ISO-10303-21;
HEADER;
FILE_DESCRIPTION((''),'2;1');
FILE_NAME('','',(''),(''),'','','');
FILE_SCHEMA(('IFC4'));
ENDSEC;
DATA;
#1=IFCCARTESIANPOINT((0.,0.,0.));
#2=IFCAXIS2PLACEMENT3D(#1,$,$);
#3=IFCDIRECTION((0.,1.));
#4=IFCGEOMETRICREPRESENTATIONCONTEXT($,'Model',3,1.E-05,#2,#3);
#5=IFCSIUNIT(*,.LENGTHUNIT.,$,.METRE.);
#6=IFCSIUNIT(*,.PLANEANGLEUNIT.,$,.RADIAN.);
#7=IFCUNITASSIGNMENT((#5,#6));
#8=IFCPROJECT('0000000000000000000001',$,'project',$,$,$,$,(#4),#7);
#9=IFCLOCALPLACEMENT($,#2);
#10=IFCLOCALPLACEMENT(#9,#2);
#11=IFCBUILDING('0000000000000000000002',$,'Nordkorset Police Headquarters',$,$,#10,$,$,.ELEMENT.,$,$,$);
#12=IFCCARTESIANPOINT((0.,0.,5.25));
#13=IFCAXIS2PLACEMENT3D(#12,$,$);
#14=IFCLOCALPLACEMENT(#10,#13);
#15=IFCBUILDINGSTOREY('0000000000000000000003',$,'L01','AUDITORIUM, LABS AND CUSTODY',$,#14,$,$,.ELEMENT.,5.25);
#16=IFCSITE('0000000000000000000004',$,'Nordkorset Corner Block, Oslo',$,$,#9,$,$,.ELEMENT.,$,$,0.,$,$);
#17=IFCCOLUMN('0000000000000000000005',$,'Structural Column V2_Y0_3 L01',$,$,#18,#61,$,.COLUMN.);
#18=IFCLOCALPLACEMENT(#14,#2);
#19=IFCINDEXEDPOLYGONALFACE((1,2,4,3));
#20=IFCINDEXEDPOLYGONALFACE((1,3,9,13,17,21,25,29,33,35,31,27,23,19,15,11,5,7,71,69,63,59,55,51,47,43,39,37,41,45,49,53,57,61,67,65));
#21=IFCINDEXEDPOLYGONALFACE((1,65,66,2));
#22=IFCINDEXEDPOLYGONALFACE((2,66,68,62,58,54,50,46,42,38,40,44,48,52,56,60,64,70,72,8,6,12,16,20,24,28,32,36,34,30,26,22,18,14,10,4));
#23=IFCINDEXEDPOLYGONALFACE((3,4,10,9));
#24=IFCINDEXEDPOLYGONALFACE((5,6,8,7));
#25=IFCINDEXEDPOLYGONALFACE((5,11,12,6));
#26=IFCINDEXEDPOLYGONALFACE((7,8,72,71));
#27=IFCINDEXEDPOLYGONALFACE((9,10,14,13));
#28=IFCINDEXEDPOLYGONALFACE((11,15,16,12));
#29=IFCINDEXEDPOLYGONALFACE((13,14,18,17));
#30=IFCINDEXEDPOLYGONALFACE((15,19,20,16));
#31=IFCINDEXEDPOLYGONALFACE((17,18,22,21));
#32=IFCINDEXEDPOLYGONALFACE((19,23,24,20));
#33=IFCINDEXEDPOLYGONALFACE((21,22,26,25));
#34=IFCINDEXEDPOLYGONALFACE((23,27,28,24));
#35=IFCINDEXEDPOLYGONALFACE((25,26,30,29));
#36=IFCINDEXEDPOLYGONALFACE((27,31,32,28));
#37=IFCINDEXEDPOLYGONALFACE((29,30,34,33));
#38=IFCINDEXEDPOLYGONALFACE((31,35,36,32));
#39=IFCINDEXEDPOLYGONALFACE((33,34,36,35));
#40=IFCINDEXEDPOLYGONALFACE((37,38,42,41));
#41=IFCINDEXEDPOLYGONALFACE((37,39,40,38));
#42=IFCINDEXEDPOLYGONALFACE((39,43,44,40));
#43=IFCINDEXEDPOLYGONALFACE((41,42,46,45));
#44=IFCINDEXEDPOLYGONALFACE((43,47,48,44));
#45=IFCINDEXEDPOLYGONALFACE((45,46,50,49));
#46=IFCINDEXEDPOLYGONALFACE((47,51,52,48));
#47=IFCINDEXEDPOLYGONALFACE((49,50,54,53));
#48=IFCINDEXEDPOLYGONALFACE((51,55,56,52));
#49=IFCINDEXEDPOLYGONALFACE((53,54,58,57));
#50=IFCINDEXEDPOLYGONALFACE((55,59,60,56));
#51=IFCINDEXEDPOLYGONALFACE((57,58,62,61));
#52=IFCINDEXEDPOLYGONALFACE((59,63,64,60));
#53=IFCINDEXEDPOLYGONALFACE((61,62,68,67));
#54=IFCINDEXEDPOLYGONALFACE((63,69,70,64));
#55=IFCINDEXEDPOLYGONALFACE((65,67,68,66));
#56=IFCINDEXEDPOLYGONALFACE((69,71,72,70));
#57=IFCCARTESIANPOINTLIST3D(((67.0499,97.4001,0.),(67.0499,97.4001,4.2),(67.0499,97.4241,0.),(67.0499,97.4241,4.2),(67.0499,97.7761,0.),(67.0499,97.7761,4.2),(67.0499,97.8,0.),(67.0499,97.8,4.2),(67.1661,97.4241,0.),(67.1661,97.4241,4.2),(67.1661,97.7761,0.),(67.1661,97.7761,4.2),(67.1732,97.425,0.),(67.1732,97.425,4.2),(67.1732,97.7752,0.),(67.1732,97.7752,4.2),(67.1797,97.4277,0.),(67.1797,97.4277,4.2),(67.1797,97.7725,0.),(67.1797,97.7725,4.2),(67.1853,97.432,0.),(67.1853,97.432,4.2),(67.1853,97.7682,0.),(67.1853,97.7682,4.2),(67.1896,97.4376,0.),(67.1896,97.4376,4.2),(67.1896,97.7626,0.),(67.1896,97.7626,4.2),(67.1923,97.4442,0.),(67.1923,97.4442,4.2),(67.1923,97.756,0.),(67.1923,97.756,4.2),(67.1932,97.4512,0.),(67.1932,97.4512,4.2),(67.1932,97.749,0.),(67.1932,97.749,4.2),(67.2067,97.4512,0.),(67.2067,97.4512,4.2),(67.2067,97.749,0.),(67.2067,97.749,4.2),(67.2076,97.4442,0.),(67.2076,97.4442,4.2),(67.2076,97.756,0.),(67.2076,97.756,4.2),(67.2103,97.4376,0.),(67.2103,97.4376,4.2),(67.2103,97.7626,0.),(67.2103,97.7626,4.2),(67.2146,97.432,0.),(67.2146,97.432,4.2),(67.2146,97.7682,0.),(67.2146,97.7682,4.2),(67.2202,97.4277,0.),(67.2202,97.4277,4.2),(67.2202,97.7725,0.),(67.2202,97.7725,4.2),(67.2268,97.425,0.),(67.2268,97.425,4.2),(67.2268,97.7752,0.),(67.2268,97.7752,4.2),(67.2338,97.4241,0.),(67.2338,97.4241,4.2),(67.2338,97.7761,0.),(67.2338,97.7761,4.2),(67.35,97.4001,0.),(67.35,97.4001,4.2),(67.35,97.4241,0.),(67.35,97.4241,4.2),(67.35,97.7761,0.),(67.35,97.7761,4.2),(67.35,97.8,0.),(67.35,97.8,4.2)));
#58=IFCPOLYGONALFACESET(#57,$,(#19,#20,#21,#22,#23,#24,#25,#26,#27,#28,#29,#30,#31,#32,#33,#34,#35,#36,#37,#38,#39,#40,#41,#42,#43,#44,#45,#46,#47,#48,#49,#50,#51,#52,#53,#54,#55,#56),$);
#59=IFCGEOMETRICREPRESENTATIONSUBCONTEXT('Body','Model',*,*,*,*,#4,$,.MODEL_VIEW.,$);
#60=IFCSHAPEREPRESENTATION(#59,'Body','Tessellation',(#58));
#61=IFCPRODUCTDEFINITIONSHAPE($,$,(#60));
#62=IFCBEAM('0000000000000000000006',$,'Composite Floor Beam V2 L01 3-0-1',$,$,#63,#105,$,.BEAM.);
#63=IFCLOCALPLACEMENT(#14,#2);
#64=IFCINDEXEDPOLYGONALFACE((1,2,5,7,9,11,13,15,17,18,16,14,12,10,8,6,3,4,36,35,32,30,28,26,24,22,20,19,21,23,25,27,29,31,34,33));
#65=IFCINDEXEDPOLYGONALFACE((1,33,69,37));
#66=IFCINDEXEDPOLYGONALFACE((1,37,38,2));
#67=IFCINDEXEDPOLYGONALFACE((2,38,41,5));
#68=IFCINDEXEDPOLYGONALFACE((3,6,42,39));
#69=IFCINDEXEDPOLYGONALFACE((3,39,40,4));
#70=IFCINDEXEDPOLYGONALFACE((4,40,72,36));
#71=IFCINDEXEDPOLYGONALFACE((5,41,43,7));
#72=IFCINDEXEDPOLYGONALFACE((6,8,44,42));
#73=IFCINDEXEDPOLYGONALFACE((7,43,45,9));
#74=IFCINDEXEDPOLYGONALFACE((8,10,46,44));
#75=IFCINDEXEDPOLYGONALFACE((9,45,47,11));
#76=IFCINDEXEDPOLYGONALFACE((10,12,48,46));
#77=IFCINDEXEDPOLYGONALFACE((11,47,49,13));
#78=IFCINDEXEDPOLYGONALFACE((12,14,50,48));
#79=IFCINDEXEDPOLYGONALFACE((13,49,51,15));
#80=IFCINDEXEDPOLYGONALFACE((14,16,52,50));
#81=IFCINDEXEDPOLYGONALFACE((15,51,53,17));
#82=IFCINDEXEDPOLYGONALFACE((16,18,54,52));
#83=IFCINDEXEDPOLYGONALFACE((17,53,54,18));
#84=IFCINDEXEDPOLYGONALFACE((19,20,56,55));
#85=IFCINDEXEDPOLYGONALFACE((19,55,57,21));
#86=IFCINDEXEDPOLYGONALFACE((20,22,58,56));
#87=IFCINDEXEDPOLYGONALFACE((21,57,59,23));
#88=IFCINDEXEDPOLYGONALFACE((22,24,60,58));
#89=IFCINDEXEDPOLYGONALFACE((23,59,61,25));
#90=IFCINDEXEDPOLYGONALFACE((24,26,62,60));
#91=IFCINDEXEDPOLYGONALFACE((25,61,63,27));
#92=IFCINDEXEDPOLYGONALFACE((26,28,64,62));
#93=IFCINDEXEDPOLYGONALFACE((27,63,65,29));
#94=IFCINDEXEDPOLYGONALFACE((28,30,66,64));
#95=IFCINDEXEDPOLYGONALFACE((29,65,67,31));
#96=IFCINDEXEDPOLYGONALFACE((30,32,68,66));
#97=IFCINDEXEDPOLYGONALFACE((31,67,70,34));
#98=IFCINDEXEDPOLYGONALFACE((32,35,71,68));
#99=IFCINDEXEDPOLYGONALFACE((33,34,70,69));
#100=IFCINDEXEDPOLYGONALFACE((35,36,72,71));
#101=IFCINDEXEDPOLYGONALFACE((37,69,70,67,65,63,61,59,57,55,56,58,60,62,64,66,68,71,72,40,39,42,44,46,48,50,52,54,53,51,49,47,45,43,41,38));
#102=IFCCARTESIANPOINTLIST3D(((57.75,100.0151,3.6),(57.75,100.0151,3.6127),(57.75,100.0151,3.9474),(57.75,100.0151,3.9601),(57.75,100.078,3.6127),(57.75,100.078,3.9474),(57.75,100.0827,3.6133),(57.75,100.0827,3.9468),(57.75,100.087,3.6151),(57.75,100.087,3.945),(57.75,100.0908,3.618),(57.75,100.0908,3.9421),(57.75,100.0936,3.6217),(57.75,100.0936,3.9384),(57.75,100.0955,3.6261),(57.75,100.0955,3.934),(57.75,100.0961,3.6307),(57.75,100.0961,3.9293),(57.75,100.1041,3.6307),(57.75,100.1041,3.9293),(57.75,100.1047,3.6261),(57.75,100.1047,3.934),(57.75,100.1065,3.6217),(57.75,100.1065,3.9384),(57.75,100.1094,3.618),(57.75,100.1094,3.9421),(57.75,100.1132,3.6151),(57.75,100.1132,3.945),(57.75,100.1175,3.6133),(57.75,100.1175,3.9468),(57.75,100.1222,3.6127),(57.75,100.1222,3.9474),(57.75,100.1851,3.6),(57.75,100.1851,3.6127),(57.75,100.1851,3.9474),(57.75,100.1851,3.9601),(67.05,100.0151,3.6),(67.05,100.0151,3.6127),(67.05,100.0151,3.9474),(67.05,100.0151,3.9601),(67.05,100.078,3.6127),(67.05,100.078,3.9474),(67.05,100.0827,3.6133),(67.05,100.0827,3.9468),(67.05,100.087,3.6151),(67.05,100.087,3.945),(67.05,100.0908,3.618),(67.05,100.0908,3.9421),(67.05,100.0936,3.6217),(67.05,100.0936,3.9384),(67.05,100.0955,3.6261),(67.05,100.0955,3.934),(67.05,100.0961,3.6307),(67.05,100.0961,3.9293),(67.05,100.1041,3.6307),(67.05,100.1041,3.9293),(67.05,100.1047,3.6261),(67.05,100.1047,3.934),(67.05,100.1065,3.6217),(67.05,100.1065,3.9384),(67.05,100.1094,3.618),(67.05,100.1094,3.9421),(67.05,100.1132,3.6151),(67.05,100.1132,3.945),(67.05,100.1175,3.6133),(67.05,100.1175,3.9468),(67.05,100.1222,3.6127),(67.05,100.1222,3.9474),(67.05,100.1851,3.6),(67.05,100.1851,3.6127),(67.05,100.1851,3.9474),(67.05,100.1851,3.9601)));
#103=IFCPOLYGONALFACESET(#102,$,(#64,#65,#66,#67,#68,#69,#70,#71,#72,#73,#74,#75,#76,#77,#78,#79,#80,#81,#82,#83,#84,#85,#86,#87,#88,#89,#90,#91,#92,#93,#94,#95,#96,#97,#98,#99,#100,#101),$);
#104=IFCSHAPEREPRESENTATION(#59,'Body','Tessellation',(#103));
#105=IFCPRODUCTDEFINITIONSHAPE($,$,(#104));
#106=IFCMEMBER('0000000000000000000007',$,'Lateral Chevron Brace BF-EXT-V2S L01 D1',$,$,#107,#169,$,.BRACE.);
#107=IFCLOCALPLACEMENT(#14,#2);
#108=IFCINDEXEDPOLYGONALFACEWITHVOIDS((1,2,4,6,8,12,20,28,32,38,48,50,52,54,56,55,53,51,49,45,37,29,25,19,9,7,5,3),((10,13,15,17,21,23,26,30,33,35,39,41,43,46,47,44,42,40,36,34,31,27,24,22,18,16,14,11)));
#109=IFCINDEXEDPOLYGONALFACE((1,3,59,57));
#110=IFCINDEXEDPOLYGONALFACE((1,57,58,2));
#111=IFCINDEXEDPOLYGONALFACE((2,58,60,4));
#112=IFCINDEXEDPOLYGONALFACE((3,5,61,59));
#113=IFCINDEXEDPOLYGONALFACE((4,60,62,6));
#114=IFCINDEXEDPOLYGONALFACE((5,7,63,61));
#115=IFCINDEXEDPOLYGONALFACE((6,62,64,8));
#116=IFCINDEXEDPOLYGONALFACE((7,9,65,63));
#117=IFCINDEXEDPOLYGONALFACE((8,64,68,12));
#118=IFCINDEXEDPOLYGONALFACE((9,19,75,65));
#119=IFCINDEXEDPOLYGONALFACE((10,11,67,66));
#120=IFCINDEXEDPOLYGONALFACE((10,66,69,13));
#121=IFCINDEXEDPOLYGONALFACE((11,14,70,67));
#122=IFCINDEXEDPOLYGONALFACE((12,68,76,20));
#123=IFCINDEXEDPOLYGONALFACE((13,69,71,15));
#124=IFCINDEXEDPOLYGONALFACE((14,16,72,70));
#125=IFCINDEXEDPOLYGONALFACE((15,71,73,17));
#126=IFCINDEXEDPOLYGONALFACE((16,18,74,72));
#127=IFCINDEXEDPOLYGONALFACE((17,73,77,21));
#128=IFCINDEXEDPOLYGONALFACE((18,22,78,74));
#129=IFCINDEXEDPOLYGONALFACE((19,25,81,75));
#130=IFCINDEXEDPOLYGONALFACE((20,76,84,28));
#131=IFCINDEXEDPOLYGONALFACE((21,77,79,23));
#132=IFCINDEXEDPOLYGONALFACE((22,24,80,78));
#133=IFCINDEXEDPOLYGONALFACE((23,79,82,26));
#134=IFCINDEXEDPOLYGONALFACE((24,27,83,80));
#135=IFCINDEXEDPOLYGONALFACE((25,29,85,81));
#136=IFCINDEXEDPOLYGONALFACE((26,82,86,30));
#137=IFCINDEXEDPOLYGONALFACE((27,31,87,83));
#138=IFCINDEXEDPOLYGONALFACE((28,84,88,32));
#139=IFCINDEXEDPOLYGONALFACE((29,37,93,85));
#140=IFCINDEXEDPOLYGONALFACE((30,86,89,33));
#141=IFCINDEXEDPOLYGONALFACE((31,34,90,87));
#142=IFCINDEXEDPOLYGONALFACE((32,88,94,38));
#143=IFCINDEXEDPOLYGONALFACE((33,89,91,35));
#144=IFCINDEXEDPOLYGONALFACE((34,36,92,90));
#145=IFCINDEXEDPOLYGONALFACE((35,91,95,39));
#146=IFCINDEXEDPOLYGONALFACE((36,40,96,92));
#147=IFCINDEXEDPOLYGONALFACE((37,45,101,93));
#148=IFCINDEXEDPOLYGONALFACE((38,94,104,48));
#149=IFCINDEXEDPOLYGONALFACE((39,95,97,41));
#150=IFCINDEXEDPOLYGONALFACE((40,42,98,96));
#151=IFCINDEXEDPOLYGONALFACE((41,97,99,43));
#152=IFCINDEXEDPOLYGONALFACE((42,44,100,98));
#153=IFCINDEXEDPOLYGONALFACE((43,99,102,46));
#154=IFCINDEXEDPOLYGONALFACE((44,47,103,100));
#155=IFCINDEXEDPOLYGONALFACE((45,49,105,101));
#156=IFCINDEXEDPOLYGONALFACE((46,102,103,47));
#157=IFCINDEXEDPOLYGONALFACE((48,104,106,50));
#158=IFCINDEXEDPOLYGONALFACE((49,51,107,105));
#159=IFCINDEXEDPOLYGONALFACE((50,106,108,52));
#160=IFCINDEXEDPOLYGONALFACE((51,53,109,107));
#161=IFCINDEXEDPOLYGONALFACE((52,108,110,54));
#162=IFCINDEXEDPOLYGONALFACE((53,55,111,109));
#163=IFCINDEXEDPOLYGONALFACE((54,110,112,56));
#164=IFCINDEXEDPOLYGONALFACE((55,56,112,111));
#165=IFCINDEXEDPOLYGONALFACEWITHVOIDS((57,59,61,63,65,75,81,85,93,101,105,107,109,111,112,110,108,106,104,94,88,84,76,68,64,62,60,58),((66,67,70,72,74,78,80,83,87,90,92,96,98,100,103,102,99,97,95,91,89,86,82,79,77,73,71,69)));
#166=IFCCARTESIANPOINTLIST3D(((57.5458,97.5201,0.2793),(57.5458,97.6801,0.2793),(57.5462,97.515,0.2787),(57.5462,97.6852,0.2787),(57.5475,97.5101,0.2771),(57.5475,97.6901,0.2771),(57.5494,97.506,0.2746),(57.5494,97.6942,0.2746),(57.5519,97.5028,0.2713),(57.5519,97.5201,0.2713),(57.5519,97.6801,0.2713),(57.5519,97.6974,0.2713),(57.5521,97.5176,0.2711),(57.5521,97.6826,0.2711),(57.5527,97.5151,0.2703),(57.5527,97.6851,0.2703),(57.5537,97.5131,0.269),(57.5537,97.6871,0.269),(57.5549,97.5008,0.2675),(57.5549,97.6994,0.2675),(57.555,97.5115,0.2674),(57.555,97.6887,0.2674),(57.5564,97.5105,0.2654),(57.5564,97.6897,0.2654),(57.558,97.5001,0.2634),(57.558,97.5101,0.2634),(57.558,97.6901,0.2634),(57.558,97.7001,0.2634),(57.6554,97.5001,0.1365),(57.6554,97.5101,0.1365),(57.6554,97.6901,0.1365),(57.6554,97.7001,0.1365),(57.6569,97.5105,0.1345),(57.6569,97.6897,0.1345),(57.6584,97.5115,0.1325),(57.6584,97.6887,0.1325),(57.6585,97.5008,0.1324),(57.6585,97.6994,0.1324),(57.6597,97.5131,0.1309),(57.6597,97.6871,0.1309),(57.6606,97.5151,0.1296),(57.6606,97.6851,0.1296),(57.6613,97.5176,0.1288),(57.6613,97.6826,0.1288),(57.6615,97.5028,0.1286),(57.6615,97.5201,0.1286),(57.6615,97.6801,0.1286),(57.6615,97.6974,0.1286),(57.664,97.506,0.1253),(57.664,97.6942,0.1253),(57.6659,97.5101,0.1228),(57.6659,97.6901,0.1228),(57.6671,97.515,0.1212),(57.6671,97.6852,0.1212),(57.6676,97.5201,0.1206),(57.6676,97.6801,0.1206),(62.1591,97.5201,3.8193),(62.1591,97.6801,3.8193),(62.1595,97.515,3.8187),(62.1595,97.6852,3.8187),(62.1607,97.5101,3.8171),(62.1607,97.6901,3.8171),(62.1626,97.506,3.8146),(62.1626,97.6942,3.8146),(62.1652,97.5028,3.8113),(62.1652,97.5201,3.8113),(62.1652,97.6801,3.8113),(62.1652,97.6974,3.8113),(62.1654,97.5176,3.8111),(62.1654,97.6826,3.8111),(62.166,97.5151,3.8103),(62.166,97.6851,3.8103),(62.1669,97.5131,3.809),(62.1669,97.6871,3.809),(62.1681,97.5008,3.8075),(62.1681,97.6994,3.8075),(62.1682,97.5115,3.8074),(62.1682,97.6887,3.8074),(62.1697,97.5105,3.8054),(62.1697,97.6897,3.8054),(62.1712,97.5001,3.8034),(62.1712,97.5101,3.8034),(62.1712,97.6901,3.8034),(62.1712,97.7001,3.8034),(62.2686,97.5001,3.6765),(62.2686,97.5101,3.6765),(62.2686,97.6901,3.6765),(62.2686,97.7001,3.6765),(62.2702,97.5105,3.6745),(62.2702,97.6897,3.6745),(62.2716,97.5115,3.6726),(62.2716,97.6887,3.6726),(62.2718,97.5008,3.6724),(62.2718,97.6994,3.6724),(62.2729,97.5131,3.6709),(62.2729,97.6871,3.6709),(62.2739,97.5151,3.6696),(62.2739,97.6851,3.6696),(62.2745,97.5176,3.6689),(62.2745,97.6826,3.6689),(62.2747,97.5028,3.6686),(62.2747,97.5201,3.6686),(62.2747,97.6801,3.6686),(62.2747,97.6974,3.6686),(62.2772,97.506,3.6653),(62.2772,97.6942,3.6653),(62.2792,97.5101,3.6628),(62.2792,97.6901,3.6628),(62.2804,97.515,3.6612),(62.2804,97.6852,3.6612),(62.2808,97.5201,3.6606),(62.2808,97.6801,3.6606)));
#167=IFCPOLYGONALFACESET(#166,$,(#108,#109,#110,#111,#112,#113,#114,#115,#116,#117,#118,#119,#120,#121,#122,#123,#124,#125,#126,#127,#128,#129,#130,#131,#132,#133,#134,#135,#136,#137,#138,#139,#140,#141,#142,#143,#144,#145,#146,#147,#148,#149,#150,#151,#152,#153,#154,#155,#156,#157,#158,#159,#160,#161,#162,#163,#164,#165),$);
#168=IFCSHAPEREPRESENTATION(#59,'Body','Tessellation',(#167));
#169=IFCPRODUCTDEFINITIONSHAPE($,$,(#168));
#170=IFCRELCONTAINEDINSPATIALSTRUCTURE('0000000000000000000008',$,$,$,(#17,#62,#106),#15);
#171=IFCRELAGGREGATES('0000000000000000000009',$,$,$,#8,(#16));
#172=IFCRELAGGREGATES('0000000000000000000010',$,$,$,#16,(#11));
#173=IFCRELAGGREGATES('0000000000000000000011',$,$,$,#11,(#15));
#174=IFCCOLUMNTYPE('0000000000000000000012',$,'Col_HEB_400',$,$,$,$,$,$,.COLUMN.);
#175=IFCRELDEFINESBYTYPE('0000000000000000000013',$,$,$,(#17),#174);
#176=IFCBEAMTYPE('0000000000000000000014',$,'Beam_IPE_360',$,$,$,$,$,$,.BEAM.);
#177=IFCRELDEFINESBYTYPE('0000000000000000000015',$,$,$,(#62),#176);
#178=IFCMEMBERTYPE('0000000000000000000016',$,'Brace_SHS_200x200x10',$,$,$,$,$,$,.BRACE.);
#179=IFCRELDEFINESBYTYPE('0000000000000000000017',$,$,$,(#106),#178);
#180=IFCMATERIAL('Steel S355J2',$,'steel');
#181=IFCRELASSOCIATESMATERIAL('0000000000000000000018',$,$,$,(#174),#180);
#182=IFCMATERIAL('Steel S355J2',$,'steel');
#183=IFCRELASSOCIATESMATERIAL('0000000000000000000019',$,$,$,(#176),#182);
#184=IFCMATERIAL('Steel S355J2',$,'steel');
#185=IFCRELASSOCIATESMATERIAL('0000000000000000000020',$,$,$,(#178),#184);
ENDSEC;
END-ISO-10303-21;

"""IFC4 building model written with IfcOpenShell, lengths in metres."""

from ifc_helpers import new_model, si_unit, direction, frame, origin, origin_2d, place, context, subcontext, project, spatial, hollow_rectangle, i_section, extrude, material, material_profile, profile_set, type_object, element, save


model = new_model("IFC4")

# Units and contexts
model_context = context("Model", 3, precision=1e-05, world=origin(), true_north=direction((0.0, 1.0)))
body_context = subcontext(model_context, "Body", "Model", "MODEL_VIEW")
ifc_project = project(units=[si_unit("LENGTHUNIT", "METRE"), si_unit("PLANEANGLEUNIT", "RADIAN")], contexts=[model_context])

# Site, building, storey
site_placement = place(None, origin())
site = spatial("IfcSite", under=ifc_project, at=site_placement, Name="Nordkorset Corner Block, Oslo", CompositionType="ELEMENT", RefElevation=0.0)
building_placement = place(site_placement, origin())
building = spatial("IfcBuilding", under=site, at=building_placement, Name="Nordkorset Police Headquarters", CompositionType="ELEMENT")
storey_placement = place(building_placement, frame((0.0, 0.0, 5.25)))
storey = spatial("IfcBuildingStorey", under=building, at=storey_placement, Name="L01", Description="AUDITORIUM, LABS AND CUSTODY", CompositionType="ELEMENT", Elevation=5.25)

# Column
ifc_material_1 = material(Name="Steel S355J2", Category="steel")
ifc_material_profile_1 = material_profile(ifc_material_1, i_section(OverallWidth=0.3, OverallDepth=0.3999, WebThickness=0.0134, FlangeThickness=0.0239, FilletRadius=0.0271, at=origin_2d()), Name="HEB 400")
ifc_profile_set_1 = profile_set([ifc_material_profile_1], Name="Steel S355J2")
column_type = type_object("IfcColumnType", Name="Col_HEB_400", PredefinedType="COLUMN", material=ifc_profile_set_1)
column_placement = place(storey_placement, frame((67.2, 97.6001, 0.0), z_axis=(0.0, 0.0, 1.0), x_axis=(1.0, 0.0, 0.0)))
element("IfcColumn", 1, at=column_placement, inside=storey, type_object=column_type, Name="Structural Column V2_Y0_3 L01", PredefinedType="COLUMN", context=body_context, shape_type="SweptSolid", body=[
    extrude(i_section(OverallWidth=0.3, OverallDepth=0.3999, WebThickness=0.0134, FlangeThickness=0.0239, FilletRadius=0.0271, at=origin_2d()), origin(), (0.0, 0.0, 1.0), 4.2),
])

# Beam
ifc_material_2 = material(Name="Steel S355J2", Category="steel")
ifc_material_profile_2 = material_profile(ifc_material_2, i_section(OverallWidth=0.1699, OverallDepth=0.3601, WebThickness=0.0081, FlangeThickness=0.0127, FilletRadius=0.0181, at=origin_2d()), Name="IPE 360")
ifc_profile_set_2 = profile_set([ifc_material_profile_2], Name="Steel S355J2")
beam_type_1 = type_object("IfcBeamType", Name="Beam_IPE_360", PredefinedType="BEAM", material=ifc_profile_set_2)
beam_1_placement = place(storey_placement, frame((57.75, 100.1001, 3.78), z_axis=(1.0, 0.0, 0.0), x_axis=(0.0, 1.0, 0.0)))
element("IfcBeam", 2, at=beam_1_placement, inside=storey, type_object=beam_type_1, Name="Composite Floor Beam V2 L01 3-0-1", PredefinedType="BEAM", context=body_context, shape_type="SweptSolid", body=[
    extrude(i_section(OverallWidth=0.1699, OverallDepth=0.3601, WebThickness=0.0081, FlangeThickness=0.0127, FilletRadius=0.0181, at=origin_2d()), origin(), (0.0, 0.0, 1.0), 9.3),
])

# Member
ifc_material_3 = material(Name="Steel S355J2", Category="steel")
ifc_material_profile_3 = material_profile(ifc_material_3, hollow_rectangle(XDim=0.2, YDim=0.2, WallThickness=0.01, InnerFilletRadius=0.01, OuterFilletRadius=0.02, at=origin_2d()), Name="SHS 200x200x10")
ifc_profile_set_3 = profile_set([ifc_material_profile_3], Name="Steel S355J2")
member_type_1 = type_object("IfcMemberType", Name="Brace_SHS_200x200x10", PredefinedType="BRACE", material=ifc_profile_set_3)
for number, where, z_axis, x_axis, name in (
    (3, (57.6067, 97.6001, 0.2), (0.793341, 0.0, 0.608777), (0.0, 1.0, 0.0), "Lateral Chevron Brace BF-EXT-V2S L01 D1"),
):
    element("IfcMember", number, at=place(storey_placement, frame(where, z_axis=z_axis, x_axis=x_axis)), inside=storey, type_object=member_type_1, Name=name, PredefinedType="BRACE", context=body_context, shape_type="SweptSolid", body=[
        extrude(hollow_rectangle(XDim=0.2, YDim=0.2, WallThickness=0.01, InnerFilletRadius=0.01, OuterFilletRadius=0.02, at=origin_2d()), origin(), (0.0, 0.0, 1.0), 5.8149),
    ])

save(model, "model.ifc")
